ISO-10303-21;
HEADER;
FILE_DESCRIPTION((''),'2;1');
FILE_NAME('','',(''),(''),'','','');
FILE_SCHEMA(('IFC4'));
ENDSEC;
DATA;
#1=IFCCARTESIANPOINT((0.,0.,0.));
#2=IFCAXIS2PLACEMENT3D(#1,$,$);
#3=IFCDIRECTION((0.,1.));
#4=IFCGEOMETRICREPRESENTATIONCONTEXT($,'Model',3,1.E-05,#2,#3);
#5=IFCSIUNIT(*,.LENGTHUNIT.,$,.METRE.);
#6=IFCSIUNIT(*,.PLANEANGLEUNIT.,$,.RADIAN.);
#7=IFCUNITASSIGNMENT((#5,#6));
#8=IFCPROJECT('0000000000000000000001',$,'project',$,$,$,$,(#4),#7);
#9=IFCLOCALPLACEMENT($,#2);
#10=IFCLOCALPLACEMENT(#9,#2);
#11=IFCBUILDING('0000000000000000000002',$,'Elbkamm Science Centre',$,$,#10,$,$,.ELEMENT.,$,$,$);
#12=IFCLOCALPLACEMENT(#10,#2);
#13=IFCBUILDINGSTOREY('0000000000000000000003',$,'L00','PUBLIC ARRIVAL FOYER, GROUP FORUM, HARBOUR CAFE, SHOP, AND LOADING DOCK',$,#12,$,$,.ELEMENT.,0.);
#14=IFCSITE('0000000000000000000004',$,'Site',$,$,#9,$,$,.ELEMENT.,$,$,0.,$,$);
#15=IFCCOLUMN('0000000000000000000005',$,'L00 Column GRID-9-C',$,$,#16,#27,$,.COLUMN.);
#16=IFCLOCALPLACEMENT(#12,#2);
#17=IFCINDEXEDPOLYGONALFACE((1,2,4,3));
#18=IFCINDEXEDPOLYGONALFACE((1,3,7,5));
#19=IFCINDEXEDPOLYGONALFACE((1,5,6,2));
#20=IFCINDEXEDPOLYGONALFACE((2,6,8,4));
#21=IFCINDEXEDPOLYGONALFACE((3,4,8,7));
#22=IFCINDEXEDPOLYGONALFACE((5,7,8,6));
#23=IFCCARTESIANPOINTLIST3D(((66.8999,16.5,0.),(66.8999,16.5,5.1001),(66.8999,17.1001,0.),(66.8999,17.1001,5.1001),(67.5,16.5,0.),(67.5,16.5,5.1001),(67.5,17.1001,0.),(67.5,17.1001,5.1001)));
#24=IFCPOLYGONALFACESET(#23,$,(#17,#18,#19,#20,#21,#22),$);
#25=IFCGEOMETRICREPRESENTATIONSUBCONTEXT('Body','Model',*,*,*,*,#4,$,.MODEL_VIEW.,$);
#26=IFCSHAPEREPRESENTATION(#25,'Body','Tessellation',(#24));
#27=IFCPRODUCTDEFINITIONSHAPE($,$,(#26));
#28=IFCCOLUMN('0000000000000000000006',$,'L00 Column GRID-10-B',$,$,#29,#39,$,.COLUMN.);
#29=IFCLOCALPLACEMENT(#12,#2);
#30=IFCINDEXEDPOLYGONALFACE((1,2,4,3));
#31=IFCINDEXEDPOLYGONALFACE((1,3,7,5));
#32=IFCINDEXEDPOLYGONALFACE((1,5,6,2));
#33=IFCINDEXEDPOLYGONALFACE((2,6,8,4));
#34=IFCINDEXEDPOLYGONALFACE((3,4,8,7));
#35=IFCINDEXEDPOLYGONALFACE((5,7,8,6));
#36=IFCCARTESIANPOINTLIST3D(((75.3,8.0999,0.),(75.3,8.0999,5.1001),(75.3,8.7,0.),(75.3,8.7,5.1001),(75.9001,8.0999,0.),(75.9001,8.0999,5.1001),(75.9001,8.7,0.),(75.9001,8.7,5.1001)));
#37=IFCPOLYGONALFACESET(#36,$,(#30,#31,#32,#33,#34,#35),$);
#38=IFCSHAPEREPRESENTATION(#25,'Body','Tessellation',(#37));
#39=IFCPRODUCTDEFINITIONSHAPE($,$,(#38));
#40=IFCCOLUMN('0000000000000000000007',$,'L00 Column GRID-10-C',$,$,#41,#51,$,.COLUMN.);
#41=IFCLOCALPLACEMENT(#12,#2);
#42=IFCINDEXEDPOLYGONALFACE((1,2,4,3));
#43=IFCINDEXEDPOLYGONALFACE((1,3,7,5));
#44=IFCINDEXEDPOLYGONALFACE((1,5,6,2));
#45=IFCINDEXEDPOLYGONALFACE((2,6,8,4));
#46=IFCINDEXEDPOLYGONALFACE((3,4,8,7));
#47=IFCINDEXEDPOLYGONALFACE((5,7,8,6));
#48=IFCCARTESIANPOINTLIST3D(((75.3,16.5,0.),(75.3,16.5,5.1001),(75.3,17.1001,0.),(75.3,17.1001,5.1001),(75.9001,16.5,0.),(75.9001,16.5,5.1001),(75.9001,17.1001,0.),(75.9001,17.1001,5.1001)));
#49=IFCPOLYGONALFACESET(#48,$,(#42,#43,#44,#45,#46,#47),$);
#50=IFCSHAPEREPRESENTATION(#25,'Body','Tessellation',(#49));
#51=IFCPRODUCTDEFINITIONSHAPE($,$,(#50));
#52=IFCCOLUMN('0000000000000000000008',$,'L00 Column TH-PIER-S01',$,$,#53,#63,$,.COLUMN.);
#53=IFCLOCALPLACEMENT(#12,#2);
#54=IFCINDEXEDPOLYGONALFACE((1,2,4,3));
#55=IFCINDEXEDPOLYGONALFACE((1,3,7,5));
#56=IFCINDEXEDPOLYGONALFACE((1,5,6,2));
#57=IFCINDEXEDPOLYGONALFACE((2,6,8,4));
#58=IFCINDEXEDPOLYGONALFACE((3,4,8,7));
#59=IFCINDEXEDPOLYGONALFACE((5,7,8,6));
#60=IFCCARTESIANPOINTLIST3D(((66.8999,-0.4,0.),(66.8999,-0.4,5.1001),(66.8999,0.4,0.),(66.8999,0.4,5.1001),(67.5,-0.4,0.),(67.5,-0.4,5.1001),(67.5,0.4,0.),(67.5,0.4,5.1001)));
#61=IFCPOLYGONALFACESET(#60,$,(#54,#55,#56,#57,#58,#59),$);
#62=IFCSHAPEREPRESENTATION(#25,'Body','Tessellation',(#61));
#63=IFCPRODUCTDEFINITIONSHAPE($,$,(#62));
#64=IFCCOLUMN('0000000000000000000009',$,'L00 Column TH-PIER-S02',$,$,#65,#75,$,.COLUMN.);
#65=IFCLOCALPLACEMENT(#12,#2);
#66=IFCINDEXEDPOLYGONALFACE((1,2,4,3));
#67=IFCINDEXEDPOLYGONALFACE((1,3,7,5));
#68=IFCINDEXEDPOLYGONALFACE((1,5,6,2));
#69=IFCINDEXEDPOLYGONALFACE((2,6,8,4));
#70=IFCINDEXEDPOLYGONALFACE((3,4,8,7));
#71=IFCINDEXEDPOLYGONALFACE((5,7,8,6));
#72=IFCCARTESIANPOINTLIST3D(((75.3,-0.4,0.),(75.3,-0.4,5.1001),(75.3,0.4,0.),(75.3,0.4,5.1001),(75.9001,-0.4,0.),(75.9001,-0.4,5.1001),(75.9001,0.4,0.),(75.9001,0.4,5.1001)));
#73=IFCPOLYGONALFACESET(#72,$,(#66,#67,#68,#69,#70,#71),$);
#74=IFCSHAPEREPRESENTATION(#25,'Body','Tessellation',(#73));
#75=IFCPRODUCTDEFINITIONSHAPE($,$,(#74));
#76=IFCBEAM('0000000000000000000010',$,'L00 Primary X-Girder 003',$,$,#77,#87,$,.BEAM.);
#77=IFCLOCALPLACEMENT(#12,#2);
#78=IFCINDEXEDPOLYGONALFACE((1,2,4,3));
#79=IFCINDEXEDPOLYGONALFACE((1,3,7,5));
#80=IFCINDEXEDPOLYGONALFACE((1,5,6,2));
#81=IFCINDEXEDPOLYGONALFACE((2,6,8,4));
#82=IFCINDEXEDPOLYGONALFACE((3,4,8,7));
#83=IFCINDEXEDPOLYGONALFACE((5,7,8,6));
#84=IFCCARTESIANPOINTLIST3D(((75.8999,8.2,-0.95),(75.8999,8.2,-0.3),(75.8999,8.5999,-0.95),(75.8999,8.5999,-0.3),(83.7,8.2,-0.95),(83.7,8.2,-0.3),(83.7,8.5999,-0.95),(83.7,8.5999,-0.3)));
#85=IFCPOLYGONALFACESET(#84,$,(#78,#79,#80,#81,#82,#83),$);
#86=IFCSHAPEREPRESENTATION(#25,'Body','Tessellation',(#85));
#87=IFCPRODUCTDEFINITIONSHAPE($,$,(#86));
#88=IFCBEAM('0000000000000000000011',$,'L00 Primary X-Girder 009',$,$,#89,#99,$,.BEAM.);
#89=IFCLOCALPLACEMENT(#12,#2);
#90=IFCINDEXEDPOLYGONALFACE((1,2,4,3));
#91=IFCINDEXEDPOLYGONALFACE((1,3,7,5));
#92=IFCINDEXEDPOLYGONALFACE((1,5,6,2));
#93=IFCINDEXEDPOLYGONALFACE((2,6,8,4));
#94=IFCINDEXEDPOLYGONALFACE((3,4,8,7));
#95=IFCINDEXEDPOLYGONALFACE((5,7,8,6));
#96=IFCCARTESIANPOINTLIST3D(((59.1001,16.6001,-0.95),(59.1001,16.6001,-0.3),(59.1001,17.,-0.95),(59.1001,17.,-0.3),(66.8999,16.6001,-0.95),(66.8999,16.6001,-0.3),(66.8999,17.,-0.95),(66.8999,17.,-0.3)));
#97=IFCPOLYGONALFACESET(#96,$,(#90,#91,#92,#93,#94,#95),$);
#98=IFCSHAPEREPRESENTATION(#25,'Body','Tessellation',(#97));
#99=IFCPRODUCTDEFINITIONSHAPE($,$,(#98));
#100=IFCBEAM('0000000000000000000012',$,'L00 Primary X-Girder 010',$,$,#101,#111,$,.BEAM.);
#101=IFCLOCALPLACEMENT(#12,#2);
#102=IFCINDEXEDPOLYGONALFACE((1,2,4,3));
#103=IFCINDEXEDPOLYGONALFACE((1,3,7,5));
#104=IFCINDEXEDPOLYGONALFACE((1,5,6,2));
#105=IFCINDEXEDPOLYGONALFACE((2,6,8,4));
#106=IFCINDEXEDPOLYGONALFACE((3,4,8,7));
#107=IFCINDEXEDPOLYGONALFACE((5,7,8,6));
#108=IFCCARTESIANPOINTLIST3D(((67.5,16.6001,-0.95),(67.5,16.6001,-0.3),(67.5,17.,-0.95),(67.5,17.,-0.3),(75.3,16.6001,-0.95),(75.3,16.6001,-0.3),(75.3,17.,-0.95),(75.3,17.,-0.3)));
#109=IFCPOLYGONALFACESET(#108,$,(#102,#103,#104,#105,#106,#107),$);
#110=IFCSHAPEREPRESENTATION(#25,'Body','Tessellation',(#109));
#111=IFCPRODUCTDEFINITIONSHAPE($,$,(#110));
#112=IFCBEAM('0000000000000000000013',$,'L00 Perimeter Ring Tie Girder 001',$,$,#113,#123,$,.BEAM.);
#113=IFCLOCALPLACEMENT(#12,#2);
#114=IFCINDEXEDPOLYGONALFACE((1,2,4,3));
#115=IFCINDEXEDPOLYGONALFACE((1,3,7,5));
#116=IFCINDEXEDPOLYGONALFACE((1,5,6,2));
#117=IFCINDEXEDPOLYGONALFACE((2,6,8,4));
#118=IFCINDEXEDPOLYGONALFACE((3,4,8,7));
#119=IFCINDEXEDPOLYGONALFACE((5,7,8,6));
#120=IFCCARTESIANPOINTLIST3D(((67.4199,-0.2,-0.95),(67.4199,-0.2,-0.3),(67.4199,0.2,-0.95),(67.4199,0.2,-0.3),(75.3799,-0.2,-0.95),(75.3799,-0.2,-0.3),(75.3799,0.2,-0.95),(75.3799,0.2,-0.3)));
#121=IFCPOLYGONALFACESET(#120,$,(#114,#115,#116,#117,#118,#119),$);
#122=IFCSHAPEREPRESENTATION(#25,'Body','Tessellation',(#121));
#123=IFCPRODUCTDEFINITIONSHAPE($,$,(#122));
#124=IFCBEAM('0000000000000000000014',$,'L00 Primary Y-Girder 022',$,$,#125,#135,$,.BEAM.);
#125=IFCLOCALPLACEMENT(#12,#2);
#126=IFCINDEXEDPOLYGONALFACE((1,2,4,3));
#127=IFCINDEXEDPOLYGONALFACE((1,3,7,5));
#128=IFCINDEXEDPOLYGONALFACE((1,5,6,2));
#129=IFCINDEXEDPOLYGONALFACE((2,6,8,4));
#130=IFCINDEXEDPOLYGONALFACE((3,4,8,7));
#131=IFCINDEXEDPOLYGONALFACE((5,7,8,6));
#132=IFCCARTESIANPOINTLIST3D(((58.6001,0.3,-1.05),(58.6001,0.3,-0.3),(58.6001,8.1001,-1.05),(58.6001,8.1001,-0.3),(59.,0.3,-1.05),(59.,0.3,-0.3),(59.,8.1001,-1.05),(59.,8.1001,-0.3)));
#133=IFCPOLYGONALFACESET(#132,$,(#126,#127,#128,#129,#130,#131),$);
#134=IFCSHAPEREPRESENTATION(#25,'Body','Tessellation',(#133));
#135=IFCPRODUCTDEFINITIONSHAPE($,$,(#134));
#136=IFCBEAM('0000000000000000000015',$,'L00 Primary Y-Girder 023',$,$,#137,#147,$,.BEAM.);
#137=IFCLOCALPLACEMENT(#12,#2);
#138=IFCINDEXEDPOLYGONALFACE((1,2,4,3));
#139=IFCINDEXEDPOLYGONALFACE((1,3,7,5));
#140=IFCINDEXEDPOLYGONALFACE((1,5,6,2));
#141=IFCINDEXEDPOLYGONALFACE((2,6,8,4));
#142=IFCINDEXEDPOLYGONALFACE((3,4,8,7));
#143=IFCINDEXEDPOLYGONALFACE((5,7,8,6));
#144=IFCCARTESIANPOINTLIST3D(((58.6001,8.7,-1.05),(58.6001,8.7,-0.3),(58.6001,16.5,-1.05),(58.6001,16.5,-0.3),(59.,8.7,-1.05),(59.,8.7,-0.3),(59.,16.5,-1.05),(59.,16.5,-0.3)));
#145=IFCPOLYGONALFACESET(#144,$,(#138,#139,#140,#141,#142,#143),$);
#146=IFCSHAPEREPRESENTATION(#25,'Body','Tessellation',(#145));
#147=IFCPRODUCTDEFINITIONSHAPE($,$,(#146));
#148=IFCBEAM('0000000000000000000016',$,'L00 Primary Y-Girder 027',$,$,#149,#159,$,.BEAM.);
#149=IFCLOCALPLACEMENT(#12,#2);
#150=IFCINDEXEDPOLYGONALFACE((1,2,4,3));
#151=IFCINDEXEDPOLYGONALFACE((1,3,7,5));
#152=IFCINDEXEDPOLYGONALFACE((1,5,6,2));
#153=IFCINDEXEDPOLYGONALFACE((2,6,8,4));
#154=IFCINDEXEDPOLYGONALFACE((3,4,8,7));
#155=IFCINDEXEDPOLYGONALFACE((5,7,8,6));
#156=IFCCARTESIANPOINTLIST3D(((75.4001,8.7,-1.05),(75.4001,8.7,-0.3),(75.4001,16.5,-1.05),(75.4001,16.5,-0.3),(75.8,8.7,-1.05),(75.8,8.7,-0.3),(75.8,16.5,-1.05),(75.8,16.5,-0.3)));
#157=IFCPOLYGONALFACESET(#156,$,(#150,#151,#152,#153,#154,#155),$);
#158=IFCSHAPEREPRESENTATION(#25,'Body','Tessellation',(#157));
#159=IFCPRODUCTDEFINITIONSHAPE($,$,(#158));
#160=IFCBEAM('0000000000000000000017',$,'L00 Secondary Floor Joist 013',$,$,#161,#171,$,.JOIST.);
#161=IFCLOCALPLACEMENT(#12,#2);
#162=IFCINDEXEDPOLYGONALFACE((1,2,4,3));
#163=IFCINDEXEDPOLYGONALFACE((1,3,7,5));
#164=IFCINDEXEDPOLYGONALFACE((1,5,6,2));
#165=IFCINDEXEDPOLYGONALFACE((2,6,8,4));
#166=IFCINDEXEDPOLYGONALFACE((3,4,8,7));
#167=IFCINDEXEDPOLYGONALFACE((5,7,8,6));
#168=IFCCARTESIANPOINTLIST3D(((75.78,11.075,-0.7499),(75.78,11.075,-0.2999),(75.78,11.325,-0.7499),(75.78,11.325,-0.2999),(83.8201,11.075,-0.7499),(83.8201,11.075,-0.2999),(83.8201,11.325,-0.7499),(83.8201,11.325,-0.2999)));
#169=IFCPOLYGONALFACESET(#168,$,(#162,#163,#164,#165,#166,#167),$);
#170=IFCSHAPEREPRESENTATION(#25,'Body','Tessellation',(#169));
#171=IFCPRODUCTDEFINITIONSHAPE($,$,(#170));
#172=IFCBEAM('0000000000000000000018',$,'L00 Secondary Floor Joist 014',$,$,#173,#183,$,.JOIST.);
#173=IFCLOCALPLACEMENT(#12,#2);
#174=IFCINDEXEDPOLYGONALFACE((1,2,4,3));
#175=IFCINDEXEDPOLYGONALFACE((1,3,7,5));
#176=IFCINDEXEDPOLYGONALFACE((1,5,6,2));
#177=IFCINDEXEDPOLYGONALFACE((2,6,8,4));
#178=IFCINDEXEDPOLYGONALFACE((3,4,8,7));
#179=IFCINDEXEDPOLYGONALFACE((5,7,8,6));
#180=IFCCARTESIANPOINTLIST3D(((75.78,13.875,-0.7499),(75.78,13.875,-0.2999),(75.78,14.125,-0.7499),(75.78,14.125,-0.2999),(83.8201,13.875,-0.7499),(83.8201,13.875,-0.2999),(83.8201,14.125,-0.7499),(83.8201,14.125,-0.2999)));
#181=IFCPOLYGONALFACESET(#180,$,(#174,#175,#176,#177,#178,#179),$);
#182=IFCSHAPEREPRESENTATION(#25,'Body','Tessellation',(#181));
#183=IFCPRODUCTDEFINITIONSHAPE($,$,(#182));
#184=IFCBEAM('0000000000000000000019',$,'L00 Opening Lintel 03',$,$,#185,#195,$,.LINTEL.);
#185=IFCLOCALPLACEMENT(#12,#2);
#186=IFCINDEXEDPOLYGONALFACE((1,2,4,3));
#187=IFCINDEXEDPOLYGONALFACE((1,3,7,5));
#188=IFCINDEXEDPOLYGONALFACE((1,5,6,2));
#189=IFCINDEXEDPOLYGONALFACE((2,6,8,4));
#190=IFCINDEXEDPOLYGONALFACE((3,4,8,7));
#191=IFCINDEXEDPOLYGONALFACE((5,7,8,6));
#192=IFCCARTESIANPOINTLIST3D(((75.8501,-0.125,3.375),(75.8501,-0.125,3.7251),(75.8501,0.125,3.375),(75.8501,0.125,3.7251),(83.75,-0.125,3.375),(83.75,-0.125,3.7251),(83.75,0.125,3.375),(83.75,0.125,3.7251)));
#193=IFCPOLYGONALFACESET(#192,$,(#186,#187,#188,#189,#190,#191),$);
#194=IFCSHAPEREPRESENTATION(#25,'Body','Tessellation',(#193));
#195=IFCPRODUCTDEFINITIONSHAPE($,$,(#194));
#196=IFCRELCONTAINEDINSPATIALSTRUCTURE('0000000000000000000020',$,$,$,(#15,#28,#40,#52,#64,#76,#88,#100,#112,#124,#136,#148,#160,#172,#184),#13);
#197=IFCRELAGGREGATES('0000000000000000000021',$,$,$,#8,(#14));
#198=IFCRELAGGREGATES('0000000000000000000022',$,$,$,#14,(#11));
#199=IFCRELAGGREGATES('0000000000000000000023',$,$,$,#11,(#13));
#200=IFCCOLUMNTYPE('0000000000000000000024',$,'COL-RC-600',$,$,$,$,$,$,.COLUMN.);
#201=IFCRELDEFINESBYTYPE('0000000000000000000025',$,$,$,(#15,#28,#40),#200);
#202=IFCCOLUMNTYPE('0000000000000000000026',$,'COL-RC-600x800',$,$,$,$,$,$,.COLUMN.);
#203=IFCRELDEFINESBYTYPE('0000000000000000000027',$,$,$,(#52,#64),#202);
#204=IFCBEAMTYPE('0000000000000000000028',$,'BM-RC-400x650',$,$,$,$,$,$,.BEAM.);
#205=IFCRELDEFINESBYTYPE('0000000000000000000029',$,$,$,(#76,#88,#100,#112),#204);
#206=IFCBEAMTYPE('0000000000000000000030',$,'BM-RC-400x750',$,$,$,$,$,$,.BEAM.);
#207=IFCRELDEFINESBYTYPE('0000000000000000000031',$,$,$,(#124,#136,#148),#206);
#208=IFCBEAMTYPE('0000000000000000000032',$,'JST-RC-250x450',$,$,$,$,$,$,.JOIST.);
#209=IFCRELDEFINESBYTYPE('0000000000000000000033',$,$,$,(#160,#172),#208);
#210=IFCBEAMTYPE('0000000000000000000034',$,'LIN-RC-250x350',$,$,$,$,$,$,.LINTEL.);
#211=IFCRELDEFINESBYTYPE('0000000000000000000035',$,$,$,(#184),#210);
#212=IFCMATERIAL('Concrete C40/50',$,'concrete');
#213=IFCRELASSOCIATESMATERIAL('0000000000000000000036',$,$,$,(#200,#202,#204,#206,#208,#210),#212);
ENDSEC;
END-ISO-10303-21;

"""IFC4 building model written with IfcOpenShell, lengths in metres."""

from ifc_helpers import new_model, si_unit, direction, frame, origin, origin_2d, place, context, subcontext, project, spatial, rectangle, extrude, material, material_profile, profile_set, type_object, element, save


model = new_model("IFC4")

# Units and contexts
model_context = context("Model", 3, precision=1e-05, world=origin(), true_north=direction((0.0, 1.0)))
body_context = subcontext(model_context, "Body", "Model", "MODEL_VIEW")
ifc_project = project(units=[si_unit("LENGTHUNIT", "METRE"), si_unit("PLANEANGLEUNIT", "RADIAN")], contexts=[model_context])

# Site, building, storey
site_placement = place(None, origin())
site = spatial("IfcSite", under=ifc_project, at=site_placement, Name="Site", CompositionType="ELEMENT", RefElevation=0.0)
building_placement = place(site_placement, origin())
building = spatial("IfcBuilding", under=site, at=building_placement, Name="Elbkamm Science Centre", CompositionType="ELEMENT")
storey_placement = place(building_placement, origin())
storey = spatial("IfcBuildingStorey", under=building, at=storey_placement, Name="L00", Description="PUBLIC ARRIVAL FOYER, GROUP FORUM, HARBOUR CAFE, SHOP, AND LOADING DOCK", CompositionType="ELEMENT", Elevation=0.0)

# Columns
ifc_material_1 = material(Name="Concrete C40/50", Category="concrete")
ifc_material_profile_1 = material_profile(ifc_material_1, rectangle(XDim=0.6001, YDim=0.6001, at=origin_2d()), Name="RC 600x600")
ifc_profile_set_1 = profile_set([ifc_material_profile_1], Name="Concrete C40/50")
column_type_1 = type_object("IfcColumnType", Name="COL-RC-600", PredefinedType="COLUMN", material=ifc_profile_set_1)
for number, where, z_axis, x_axis, name in (
    (1, (67.2, 16.8, 0.0), (0.0, 0.0, 1.0), (1.0, 0.0, 0.0), "L00 Column GRID-9-C"),
    (2, (75.6001, 8.3999, 0.0), (0.0, 0.0, 1.0), (1.0, 0.0, 0.0), "L00 Column GRID-10-B"),
    (3, (75.6001, 16.8, 0.0), (0.0, 0.0, 1.0), (1.0, 0.0, 0.0), "L00 Column GRID-10-C"),
):
    element("IfcColumn", number, at=place(storey_placement, frame(where, z_axis=z_axis, x_axis=x_axis)), inside=storey, type_object=column_type_1, Name=name, PredefinedType="COLUMN", context=body_context, shape_type="SweptSolid", body=[
        extrude(rectangle(XDim=0.6001, YDim=0.6001, at=origin_2d()), origin(), (0.0, 0.0, 1.0), 5.1001),
    ])
ifc_material_profile_2 = material_profile(ifc_material_1, rectangle(XDim=0.6001, YDim=0.8, at=origin_2d()), Name="RC 600x800")
ifc_profile_set_2 = profile_set([ifc_material_profile_2], Name="Concrete C40/50")
column_type_2 = type_object("IfcColumnType", Name="COL-RC-600x800", PredefinedType="COLUMN", material=ifc_profile_set_2)
for number, where, z_axis, x_axis, name in (
    (4, (67.2, 0.0, 0.0), (0.0, 0.0, 1.0), (1.0, 0.0, 0.0), "L00 Column TH-PIER-S01"),
    (5, (75.6001, 0.0, 0.0), (0.0, 0.0, 1.0), (1.0, 0.0, 0.0), "L00 Column TH-PIER-S02"),
):
    element("IfcColumn", number, at=place(storey_placement, frame(where, z_axis=z_axis, x_axis=x_axis)), inside=storey, type_object=column_type_2, Name=name, PredefinedType="COLUMN", context=body_context, shape_type="SweptSolid", body=[
        extrude(rectangle(XDim=0.6001, YDim=0.8, at=origin_2d()), origin(), (0.0, 0.0, 1.0), 5.1001),
    ])

# Beams
ifc_material_profile_3 = material_profile(ifc_material_1, rectangle(XDim=0.3999, YDim=0.6499, at=origin_2d()), Name="RC 400x650")
ifc_profile_set_3 = profile_set([ifc_material_profile_3], Name="Concrete C40/50")
beam_type_1 = type_object("IfcBeamType", Name="BM-RC-400x650", PredefinedType="BEAM", material=ifc_profile_set_3)
beam_1_placement = place(storey_placement, frame((75.8999, 8.3999, -0.625), z_axis=(1.0, 0.0, 0.0), x_axis=(0.0, 1.0, 0.0)))
element("IfcBeam", 6, at=beam_1_placement, inside=storey, type_object=beam_type_1, Name="L00 Primary X-Girder 003", PredefinedType="BEAM", context=body_context, shape_type="SweptSolid", body=[
    extrude(rectangle(XDim=0.3999, YDim=0.6499, at=origin_2d()), origin(), (0.0, 0.0, 1.0), 7.8),
])
beam_2_placement = place(storey_placement, frame((59.1001, 16.8, -0.625), z_axis=(1.0, 0.0, 0.0), x_axis=(0.0, 1.0, 0.0)))
element("IfcBeam", 7, at=beam_2_placement, inside=storey, type_object=beam_type_1, Name="L00 Primary X-Girder 009", PredefinedType="BEAM", context=body_context, shape_type="SweptSolid", body=[
    extrude(rectangle(XDim=0.3999, YDim=0.6499, at=origin_2d()), origin(), (0.0, 0.0, 1.0), 7.7998),
])
beam_3_placement = place(storey_placement, frame((67.5, 16.8, -0.625), z_axis=(1.0, 0.0, 0.0), x_axis=(0.0, 1.0, 0.0)))
element("IfcBeam", 8, at=beam_3_placement, inside=storey, type_object=beam_type_1, Name="L00 Primary X-Girder 010", PredefinedType="BEAM", context=body_context, shape_type="SweptSolid", body=[
    extrude(rectangle(XDim=0.3999, YDim=0.6499, at=origin_2d()), origin(), (0.0, 0.0, 1.0), 7.8),
])
beam_4_placement = place(storey_placement, frame((67.4199, 0.0, -0.625), z_axis=(1.0, 0.0, 0.0), x_axis=(0.0, 1.0, 0.0)))
element("IfcBeam", 9, at=beam_4_placement, inside=storey, type_object=beam_type_1, Name="L00 Perimeter Ring Tie Girder 001", PredefinedType="BEAM", context=body_context, shape_type="SweptSolid", body=[
    extrude(rectangle(XDim=0.3999, YDim=0.6499, at=origin_2d()), origin(), (0.0, 0.0, 1.0), 7.96),
])
ifc_material_profile_4 = material_profile(ifc_material_1, rectangle(XDim=0.3999, YDim=0.75, at=origin_2d()), Name="RC 400x750")
ifc_profile_set_4 = profile_set([ifc_material_profile_4], Name="Concrete C40/50")
beam_type_2 = type_object("IfcBeamType", Name="BM-RC-400x750", PredefinedType="BEAM", material=ifc_profile_set_4)
for number, where, z_axis, x_axis, name in (
    (10, (58.8, 0.3, -0.675), (0.0, 1.0, 0.0), (-1.0, 0.0, 0.0), "L00 Primary Y-Girder 022"),
    (11, (58.8, 8.7, -0.675), (0.0, 1.0, 0.0), (-1.0, 0.0, 0.0), "L00 Primary Y-Girder 023"),
    (12, (75.6001, 8.7, -0.675), (0.0, 1.0, 0.0), (-1.0, 0.0, 0.0), "L00 Primary Y-Girder 027"),
):
    element("IfcBeam", number, at=place(storey_placement, frame(where, z_axis=z_axis, x_axis=x_axis)), inside=storey, type_object=beam_type_2, Name=name, PredefinedType="BEAM", context=body_context, shape_type="SweptSolid", body=[
        extrude(rectangle(XDim=0.3999, YDim=0.75, at=origin_2d()), origin(), (0.0, 0.0, 1.0), 7.8),
    ])
ifc_material_profile_5 = material_profile(ifc_material_1, rectangle(XDim=0.25, YDim=0.45, at=origin_2d()), Name="RC 250x450")
ifc_profile_set_5 = profile_set([ifc_material_profile_5], Name="Concrete C40/50")
beam_type_3 = type_object("IfcBeamType", Name="JST-RC-250x450", PredefinedType="JOIST", material=ifc_profile_set_5)
for number, where, z_axis, x_axis, name in (
    (13, (75.78, 11.2, -0.5249), (1.0, 0.0, 0.0), (0.0, 1.0, 0.0), "L00 Secondary Floor Joist 013"),
    (14, (75.78, 14.0, -0.5249), (1.0, 0.0, 0.0), (0.0, 1.0, 0.0), "L00 Secondary Floor Joist 014"),
):
    element("IfcBeam", number, at=place(storey_placement, frame(where, z_axis=z_axis, x_axis=x_axis)), inside=storey, type_object=beam_type_3, Name=name, PredefinedType="JOIST", context=body_context, shape_type="SweptSolid", body=[
        extrude(rectangle(XDim=0.25, YDim=0.45, at=origin_2d()), origin(), (0.0, 0.0, 1.0), 8.04),
    ])
ifc_material_profile_6 = material_profile(ifc_material_1, rectangle(XDim=0.25, YDim=0.3501, at=origin_2d()), Name="RC 250x350")
ifc_profile_set_6 = profile_set([ifc_material_profile_6], Name="Concrete C40/50")
beam_type_4 = type_object("IfcBeamType", Name="LIN-RC-250x350", PredefinedType="LINTEL", material=ifc_profile_set_6)
beam_5_placement = place(storey_placement, frame((75.8501, 0.0, 3.55), z_axis=(1.0, 0.0, 0.0), x_axis=(0.0, 1.0, 0.0)))
element("IfcBeam", 15, at=beam_5_placement, inside=storey, type_object=beam_type_4, Name="L00 Opening Lintel 03", PredefinedType="LINTEL", context=body_context, shape_type="SweptSolid", body=[
    extrude(rectangle(XDim=0.25, YDim=0.3501, at=origin_2d()), origin(), (0.0, 0.0, 1.0), 7.8999),
])

save(model, "model.ifc")
